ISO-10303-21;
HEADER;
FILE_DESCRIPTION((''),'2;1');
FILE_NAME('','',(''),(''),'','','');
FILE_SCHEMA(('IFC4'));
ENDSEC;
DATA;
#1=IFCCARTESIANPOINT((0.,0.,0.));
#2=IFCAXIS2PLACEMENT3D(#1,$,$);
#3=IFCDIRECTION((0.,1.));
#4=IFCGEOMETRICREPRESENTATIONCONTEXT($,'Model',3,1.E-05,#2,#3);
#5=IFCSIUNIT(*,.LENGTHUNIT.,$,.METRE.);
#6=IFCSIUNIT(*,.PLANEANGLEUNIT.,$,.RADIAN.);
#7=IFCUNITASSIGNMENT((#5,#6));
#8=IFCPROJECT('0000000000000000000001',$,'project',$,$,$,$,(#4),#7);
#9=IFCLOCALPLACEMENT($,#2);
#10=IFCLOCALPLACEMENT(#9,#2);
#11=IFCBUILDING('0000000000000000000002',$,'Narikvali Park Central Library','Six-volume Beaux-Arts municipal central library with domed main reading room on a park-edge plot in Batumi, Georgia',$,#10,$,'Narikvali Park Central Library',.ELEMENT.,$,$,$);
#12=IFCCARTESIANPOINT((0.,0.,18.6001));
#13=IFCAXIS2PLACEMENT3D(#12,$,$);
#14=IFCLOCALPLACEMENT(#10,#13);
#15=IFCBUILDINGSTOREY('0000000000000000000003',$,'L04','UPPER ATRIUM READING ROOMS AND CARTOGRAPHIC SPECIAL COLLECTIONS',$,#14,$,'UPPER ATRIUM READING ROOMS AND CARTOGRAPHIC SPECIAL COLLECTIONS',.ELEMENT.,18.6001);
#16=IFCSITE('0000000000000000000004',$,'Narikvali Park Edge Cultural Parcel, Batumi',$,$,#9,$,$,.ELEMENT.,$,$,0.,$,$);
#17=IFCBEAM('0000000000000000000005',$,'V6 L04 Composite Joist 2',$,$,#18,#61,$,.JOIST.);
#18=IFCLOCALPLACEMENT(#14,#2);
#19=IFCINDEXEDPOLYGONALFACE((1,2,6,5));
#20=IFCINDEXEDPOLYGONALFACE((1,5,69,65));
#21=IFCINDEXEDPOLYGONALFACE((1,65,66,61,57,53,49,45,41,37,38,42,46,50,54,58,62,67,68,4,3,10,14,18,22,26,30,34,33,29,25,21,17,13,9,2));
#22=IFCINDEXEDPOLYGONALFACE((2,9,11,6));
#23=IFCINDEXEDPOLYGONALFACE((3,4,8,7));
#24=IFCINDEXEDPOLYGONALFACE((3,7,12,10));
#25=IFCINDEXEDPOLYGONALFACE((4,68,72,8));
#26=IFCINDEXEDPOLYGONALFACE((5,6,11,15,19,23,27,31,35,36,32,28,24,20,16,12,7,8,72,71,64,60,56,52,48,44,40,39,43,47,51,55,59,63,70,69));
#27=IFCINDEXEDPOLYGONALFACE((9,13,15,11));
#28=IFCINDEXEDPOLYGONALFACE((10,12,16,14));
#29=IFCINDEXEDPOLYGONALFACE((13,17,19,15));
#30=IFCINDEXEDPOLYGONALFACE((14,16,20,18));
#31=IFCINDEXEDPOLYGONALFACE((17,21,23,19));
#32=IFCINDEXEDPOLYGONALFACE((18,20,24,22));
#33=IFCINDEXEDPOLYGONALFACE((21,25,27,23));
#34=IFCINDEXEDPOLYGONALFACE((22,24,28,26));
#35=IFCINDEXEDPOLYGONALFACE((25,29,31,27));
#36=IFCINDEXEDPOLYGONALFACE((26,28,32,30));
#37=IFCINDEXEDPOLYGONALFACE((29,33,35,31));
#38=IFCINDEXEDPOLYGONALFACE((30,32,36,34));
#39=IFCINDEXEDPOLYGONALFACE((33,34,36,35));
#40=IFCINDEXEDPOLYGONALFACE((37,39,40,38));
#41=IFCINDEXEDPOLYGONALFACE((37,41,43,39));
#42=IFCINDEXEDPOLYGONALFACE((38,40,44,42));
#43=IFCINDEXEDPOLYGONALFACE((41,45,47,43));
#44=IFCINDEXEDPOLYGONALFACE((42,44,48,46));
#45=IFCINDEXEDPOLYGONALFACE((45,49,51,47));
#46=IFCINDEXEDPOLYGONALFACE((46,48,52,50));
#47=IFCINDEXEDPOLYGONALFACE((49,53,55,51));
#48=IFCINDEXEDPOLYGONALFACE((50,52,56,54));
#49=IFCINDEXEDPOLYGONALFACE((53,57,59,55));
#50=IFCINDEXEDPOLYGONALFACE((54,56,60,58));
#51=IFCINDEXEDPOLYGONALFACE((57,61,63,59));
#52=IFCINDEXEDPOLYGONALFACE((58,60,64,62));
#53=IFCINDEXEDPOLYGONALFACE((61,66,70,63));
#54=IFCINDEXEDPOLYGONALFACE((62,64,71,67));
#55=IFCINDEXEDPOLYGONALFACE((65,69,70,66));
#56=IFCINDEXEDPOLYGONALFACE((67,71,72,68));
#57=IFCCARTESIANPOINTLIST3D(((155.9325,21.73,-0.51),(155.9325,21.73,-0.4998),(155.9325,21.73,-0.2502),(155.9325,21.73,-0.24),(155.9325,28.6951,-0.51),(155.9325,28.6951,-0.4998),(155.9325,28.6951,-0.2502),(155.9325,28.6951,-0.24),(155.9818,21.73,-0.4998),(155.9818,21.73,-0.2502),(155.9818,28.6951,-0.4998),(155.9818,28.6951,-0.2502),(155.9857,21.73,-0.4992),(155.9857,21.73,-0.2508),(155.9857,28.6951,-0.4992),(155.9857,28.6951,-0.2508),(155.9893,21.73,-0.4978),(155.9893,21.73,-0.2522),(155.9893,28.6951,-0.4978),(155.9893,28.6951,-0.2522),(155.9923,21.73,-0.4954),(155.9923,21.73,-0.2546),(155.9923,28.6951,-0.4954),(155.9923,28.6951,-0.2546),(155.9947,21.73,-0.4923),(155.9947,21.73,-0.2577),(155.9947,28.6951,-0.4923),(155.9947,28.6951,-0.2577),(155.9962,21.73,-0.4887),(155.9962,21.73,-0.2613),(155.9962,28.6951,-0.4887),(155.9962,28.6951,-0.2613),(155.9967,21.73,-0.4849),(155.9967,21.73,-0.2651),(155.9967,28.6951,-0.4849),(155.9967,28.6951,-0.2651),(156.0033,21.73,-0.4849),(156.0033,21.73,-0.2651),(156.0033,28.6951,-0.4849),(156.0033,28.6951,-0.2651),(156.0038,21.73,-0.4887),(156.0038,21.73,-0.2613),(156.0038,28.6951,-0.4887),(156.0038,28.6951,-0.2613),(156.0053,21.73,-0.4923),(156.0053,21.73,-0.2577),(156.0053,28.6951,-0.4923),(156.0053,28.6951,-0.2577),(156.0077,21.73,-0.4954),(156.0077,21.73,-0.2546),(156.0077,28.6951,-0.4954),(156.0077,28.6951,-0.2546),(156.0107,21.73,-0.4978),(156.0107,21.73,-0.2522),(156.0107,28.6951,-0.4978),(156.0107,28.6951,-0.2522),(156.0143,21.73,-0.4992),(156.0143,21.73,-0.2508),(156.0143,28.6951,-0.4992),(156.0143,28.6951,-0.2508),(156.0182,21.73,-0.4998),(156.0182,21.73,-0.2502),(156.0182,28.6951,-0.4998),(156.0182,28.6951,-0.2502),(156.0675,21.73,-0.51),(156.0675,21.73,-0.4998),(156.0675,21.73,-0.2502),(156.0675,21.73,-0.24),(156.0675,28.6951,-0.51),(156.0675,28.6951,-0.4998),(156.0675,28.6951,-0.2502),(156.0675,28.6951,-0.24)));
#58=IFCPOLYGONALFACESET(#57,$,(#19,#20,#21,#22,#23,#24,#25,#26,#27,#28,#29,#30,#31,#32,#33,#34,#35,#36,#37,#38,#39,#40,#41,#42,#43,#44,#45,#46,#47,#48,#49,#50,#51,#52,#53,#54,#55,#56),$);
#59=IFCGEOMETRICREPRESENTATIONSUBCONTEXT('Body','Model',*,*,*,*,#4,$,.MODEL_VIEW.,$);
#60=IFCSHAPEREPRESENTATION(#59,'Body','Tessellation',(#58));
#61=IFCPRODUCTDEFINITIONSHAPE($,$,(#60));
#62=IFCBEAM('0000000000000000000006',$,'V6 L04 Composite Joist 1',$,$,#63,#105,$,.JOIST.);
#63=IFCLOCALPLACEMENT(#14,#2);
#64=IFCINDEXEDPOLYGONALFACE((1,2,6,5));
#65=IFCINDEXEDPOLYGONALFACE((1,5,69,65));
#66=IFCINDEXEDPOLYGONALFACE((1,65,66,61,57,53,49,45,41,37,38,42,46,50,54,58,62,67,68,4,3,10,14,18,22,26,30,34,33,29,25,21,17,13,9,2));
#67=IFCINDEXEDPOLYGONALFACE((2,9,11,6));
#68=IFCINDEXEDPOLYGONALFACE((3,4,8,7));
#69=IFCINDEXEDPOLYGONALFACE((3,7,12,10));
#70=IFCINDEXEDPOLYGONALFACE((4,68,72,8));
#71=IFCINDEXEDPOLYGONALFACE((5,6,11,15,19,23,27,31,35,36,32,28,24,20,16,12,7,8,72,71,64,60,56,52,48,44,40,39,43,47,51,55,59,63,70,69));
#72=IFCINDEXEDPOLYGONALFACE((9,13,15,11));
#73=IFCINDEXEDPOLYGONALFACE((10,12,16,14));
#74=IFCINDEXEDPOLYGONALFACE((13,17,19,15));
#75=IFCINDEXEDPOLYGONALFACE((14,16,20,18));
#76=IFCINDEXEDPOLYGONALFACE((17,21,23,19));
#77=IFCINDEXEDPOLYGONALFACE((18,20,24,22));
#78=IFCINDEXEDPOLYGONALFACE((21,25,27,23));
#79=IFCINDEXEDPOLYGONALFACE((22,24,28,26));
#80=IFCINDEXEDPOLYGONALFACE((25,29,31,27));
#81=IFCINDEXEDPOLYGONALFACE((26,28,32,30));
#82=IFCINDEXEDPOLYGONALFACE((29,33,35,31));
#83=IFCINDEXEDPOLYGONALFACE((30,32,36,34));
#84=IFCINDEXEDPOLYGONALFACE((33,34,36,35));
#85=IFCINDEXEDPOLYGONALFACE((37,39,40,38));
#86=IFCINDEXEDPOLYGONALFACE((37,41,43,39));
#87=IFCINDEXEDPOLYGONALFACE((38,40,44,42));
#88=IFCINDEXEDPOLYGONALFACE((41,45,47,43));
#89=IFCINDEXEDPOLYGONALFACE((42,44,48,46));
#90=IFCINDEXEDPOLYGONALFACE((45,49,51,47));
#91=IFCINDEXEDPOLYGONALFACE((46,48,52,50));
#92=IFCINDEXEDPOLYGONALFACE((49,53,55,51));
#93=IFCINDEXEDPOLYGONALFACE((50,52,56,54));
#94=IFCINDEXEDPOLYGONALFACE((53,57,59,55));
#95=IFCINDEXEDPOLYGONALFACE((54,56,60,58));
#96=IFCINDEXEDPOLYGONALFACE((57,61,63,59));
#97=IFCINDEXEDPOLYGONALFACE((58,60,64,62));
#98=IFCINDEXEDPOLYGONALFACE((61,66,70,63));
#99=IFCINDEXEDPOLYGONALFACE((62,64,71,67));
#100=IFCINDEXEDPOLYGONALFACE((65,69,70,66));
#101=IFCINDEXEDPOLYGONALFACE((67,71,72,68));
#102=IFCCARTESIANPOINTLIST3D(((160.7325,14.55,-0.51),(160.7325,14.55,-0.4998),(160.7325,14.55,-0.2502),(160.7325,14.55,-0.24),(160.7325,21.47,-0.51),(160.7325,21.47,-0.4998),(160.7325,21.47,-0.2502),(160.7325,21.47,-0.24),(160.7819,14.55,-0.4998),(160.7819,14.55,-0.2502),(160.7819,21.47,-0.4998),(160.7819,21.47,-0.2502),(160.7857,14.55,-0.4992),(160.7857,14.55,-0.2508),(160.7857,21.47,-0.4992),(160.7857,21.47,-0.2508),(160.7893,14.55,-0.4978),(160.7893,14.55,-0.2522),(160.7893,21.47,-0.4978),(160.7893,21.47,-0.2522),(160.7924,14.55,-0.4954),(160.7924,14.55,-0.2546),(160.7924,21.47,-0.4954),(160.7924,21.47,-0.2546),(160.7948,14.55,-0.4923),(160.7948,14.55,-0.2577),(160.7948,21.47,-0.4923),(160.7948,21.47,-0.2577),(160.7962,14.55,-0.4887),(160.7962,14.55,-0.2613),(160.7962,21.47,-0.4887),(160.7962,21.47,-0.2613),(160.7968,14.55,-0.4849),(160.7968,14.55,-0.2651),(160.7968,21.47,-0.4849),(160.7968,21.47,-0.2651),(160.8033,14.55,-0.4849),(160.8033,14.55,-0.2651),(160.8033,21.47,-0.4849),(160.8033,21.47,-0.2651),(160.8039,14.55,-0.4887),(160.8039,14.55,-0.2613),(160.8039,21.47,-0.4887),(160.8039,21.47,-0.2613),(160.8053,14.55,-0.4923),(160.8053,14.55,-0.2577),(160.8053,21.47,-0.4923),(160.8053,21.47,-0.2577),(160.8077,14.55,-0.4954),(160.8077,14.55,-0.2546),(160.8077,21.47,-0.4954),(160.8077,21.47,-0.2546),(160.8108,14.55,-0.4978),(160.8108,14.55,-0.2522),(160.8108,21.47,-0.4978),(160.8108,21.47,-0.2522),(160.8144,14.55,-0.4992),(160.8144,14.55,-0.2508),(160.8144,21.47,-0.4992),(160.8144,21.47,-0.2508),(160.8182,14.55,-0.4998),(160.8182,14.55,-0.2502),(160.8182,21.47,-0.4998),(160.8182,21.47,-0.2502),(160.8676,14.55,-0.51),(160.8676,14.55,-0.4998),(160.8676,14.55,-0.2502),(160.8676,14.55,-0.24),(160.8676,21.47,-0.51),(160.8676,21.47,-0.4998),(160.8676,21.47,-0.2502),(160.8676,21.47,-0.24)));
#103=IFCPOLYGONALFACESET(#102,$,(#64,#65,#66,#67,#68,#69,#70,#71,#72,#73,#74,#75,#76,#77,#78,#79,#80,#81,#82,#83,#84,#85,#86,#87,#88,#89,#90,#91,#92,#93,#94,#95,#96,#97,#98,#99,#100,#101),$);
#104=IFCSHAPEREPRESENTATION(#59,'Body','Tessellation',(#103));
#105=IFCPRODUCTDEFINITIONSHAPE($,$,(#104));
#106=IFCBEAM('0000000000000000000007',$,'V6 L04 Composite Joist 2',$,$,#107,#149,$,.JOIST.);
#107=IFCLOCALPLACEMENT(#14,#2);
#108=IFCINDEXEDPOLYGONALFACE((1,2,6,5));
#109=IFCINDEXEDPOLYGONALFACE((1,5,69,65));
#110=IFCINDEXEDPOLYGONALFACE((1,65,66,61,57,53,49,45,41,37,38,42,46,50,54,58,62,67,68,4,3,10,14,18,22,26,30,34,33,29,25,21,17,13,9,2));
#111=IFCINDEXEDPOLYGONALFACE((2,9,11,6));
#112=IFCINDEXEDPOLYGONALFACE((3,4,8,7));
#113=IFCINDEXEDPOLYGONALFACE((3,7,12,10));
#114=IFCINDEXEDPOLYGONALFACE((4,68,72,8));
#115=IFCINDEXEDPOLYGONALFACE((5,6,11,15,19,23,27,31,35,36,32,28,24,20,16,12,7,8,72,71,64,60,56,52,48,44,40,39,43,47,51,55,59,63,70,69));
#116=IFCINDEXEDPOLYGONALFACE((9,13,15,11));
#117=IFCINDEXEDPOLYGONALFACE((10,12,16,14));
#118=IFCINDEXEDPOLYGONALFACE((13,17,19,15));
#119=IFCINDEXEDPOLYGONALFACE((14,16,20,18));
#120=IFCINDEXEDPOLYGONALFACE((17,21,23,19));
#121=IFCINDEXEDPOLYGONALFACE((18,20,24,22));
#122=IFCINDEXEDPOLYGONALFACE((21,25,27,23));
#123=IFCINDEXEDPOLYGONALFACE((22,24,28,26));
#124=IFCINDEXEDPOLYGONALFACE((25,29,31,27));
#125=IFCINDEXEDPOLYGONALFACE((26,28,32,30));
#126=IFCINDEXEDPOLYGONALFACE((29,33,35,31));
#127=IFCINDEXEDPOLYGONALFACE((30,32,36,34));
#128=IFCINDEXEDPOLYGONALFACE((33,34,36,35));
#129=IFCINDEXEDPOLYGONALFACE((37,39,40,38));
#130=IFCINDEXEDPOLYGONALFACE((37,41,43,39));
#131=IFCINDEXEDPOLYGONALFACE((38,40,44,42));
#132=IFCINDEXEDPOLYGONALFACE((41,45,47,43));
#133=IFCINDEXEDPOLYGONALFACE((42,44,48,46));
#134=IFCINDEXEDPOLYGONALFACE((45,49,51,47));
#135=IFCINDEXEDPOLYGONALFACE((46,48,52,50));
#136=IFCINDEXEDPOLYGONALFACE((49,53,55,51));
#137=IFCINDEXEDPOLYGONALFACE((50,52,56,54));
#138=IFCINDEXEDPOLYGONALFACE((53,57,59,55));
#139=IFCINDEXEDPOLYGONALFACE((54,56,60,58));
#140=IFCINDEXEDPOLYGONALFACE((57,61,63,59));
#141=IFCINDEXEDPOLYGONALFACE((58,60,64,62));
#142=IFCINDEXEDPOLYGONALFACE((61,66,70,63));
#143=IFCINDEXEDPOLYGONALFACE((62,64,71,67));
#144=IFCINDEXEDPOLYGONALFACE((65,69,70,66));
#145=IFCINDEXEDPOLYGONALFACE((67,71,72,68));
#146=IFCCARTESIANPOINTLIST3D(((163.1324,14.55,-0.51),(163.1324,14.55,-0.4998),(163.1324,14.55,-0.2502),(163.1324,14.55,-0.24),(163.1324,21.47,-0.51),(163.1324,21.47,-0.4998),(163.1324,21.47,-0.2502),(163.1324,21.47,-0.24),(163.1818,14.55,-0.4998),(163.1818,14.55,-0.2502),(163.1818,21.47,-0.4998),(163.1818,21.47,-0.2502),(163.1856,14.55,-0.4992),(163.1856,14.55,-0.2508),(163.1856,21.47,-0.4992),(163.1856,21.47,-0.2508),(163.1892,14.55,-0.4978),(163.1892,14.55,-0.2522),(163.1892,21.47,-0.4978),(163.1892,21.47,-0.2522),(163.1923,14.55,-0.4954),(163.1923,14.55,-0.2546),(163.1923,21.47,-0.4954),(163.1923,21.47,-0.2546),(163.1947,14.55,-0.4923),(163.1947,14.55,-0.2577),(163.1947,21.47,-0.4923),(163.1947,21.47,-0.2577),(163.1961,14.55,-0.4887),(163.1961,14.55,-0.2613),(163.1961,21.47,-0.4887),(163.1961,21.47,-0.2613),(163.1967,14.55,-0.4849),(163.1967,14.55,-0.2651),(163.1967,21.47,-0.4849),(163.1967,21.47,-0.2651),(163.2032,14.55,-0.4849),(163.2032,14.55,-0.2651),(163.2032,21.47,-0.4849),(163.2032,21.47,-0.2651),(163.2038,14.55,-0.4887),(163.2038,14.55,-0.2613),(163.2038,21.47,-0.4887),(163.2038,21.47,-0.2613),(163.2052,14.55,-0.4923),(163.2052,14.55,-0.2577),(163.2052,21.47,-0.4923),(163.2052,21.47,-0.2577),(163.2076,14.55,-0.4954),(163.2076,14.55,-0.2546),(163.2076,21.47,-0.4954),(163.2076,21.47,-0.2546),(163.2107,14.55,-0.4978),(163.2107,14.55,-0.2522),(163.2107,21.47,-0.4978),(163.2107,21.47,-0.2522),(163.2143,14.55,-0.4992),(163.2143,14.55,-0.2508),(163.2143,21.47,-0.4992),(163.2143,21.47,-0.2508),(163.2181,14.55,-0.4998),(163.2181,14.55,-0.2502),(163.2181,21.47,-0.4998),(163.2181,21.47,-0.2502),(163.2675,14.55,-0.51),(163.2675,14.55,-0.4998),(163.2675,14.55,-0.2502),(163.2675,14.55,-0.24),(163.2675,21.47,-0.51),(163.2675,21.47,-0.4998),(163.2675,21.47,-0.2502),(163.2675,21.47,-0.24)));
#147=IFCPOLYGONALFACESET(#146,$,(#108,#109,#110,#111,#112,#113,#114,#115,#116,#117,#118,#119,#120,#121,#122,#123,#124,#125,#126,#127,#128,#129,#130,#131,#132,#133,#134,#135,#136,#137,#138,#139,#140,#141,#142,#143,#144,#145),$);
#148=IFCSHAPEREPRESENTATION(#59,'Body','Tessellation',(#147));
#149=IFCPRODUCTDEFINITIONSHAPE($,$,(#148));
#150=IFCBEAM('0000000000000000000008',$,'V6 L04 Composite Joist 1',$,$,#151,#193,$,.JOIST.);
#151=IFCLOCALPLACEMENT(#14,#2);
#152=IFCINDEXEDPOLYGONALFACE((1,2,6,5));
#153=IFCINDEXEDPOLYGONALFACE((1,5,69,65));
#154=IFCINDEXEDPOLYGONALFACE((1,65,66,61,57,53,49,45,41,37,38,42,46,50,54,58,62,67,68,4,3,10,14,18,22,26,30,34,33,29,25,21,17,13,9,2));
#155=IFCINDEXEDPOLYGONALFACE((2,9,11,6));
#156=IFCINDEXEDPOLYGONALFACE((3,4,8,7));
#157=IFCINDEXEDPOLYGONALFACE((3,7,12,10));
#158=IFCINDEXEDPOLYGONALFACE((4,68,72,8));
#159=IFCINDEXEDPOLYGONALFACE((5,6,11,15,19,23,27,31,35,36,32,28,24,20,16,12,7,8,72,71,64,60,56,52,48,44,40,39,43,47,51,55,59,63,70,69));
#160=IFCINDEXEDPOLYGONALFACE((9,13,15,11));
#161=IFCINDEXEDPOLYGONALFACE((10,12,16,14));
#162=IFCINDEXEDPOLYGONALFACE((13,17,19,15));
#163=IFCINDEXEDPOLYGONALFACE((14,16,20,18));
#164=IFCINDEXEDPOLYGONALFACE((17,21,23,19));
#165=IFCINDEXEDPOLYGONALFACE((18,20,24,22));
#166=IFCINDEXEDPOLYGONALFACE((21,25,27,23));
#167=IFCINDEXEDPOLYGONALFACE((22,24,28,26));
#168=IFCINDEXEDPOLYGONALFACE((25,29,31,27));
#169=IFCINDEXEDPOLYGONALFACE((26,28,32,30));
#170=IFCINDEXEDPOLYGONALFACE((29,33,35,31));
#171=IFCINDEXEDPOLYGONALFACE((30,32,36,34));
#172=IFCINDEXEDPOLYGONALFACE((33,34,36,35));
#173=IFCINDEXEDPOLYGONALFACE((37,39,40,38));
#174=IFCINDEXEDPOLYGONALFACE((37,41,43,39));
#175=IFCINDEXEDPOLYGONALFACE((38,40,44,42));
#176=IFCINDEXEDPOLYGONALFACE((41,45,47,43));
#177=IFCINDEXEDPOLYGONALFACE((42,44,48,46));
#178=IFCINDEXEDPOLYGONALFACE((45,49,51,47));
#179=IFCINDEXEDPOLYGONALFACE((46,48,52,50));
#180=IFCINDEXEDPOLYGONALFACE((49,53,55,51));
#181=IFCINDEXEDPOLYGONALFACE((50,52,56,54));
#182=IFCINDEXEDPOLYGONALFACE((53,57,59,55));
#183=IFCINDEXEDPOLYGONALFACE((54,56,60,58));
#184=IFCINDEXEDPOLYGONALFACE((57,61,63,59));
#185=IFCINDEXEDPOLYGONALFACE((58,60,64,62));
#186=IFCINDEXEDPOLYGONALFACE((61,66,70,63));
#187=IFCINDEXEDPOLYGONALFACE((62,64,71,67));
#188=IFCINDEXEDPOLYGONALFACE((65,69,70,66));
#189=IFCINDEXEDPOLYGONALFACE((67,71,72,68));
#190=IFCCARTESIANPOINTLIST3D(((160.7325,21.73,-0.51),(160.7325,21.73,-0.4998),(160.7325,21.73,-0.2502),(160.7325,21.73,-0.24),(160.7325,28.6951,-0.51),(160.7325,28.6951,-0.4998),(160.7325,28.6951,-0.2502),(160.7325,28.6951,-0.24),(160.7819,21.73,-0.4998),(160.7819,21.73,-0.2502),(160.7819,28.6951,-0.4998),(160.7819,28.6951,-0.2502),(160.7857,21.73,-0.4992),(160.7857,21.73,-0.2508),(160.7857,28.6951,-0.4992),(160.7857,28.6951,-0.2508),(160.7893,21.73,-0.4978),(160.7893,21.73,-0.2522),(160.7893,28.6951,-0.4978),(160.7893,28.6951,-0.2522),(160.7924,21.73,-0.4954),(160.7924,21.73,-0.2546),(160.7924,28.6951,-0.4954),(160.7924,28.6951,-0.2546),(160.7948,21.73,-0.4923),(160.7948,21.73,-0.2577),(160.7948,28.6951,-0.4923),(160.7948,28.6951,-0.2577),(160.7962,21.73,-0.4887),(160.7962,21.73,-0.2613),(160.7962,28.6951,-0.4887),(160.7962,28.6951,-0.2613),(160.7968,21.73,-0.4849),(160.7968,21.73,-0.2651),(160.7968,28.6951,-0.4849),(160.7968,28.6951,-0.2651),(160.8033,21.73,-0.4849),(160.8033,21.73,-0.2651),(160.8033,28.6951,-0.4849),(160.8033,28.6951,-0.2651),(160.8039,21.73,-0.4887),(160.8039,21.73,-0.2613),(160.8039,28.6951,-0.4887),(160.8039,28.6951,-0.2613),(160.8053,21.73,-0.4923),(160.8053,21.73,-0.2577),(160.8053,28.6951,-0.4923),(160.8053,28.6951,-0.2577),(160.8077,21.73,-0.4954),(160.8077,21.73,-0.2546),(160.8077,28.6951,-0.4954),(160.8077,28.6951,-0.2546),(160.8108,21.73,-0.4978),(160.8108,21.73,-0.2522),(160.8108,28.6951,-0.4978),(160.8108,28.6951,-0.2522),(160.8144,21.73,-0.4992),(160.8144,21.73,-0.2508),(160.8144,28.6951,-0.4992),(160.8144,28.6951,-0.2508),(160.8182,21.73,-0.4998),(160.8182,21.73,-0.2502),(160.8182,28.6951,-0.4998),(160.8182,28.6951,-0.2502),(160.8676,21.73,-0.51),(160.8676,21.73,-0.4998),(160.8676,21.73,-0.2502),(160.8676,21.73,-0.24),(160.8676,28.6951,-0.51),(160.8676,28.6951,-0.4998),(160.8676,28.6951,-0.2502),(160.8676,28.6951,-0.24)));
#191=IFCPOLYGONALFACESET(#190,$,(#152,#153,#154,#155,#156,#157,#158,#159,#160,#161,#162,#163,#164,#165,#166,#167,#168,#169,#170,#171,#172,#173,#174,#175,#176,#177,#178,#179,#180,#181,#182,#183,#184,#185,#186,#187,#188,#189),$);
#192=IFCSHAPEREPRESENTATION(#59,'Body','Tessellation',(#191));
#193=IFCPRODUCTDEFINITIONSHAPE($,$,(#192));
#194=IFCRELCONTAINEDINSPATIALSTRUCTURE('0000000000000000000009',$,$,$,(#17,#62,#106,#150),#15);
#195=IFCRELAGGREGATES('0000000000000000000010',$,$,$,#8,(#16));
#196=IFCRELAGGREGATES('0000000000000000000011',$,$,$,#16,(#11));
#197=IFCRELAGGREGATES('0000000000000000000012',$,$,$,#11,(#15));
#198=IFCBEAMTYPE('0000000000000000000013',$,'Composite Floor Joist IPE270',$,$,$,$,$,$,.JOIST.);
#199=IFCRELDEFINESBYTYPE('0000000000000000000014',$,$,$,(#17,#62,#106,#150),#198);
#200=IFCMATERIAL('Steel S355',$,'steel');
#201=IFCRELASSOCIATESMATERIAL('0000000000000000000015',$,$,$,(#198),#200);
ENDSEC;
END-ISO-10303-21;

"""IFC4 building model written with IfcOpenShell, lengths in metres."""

from ifc_helpers import new_model, si_unit, direction, frame, origin, origin_2d, place, context, subcontext, project, spatial, i_section, extrude, material, material_profile, profile_set, type_object, element, save


model = new_model("IFC4")

# Units and contexts
model_context = context("Model", 3, precision=1e-05, world=origin(), true_north=direction((0.0, 1.0)))
body_context = subcontext(model_context, "Body", "Model", "MODEL_VIEW")
ifc_project = project(units=[si_unit("LENGTHUNIT", "METRE"), si_unit("PLANEANGLEUNIT", "RADIAN")], contexts=[model_context])

# Site, building, storey
site_placement = place(None, origin())
site = spatial("IfcSite", under=ifc_project, at=site_placement, Name="Narikvali Park Edge Cultural Parcel, Batumi", CompositionType="ELEMENT", RefElevation=0.0)
building_placement = place(site_placement, origin())
building = spatial("IfcBuilding", under=site, at=building_placement, Name="Narikvali Park Central Library", Description="Six-volume Beaux-Arts municipal central library with domed main reading room on a park-edge plot in Batumi, Georgia", LongName="Narikvali Park Central Library", CompositionType="ELEMENT")
storey_placement = place(building_placement, frame((0.0, 0.0, 18.6001)))
storey = spatial("IfcBuildingStorey", under=building, at=storey_placement, Name="L04", Description="UPPER ATRIUM READING ROOMS AND CARTOGRAPHIC SPECIAL COLLECTIONS", LongName="UPPER ATRIUM READING ROOMS AND CARTOGRAPHIC SPECIAL COLLECTIONS", CompositionType="ELEMENT", Elevation=18.6001)

# Shared definitions
ifc_material_1 = material(Name="Steel S355", Category="steel")

# Beams
ifc_material_profile_1 = material_profile(ifc_material_1, i_section(OverallWidth=0.135, OverallDepth=0.27, WebThickness=0.0066, FlangeThickness=0.0103, FilletRadius=0.0149, at=origin_2d()), Name="IPE 270")
ifc_profile_set_1 = profile_set([ifc_material_profile_1], Name="Steel S355")
beam_type_1 = type_object("IfcBeamType", Name="Composite Floor Joist IPE270", PredefinedType="JOIST", material=ifc_profile_set_1)
for number, where, z_axis, x_axis, name in (
    (1, (156.0, 21.73, -0.375), (0.0, 1.0, 0.0), (-1.0, 0.0, 0.0), "V6 L04 Composite Joist 2"),
):
    element("IfcBeam", number, at=place(storey_placement, frame(where, z_axis=z_axis, x_axis=x_axis)), inside=storey, type_object=beam_type_1, Name=name, PredefinedType="JOIST", context=body_context, shape_type="SweptSolid", body=[
        extrude(i_section(OverallWidth=0.135, OverallDepth=0.27, WebThickness=0.0066, FlangeThickness=0.0103, FilletRadius=0.0149, at=origin_2d()), origin(), (0.0, 0.0, 1.0), 6.9651),
    ])
for number, where, z_axis, x_axis, name in (
    (2, (160.8, 14.55, -0.375), (0.0, 1.0, 0.0), (-1.0, 0.0, 0.0), "V6 L04 Composite Joist 1"),
    (3, (163.2, 14.55, -0.375), (0.0, 1.0, 0.0), (-1.0, 0.0, 0.0), "V6 L04 Composite Joist 2"),
):
    element("IfcBeam", number, at=place(storey_placement, frame(where, z_axis=z_axis, x_axis=x_axis)), inside=storey, type_object=beam_type_1, Name=name, PredefinedType="JOIST", context=body_context, shape_type="SweptSolid", body=[
        extrude(i_section(OverallWidth=0.135, OverallDepth=0.27, WebThickness=0.0066, FlangeThickness=0.0103, FilletRadius=0.0149, at=origin_2d()), origin(), (0.0, 0.0, 1.0), 6.9199),
    ])
for number, where, z_axis, x_axis, name in (
    (4, (160.8, 21.73, -0.375), (0.0, 1.0, 0.0), (-1.0, 0.0, 0.0), "V6 L04 Composite Joist 1"),
):
    element("IfcBeam", number, at=place(storey_placement, frame(where, z_axis=z_axis, x_axis=x_axis)), inside=storey, type_object=beam_type_1, Name=name, PredefinedType="JOIST", context=body_context, shape_type="SweptSolid", body=[
        extrude(i_section(OverallWidth=0.135, OverallDepth=0.27, WebThickness=0.0066, FlangeThickness=0.0103, FilletRadius=0.0149, at=origin_2d()), origin(), (0.0, 0.0, 1.0), 6.9651),
    ])

save(model, "model.ifc")
